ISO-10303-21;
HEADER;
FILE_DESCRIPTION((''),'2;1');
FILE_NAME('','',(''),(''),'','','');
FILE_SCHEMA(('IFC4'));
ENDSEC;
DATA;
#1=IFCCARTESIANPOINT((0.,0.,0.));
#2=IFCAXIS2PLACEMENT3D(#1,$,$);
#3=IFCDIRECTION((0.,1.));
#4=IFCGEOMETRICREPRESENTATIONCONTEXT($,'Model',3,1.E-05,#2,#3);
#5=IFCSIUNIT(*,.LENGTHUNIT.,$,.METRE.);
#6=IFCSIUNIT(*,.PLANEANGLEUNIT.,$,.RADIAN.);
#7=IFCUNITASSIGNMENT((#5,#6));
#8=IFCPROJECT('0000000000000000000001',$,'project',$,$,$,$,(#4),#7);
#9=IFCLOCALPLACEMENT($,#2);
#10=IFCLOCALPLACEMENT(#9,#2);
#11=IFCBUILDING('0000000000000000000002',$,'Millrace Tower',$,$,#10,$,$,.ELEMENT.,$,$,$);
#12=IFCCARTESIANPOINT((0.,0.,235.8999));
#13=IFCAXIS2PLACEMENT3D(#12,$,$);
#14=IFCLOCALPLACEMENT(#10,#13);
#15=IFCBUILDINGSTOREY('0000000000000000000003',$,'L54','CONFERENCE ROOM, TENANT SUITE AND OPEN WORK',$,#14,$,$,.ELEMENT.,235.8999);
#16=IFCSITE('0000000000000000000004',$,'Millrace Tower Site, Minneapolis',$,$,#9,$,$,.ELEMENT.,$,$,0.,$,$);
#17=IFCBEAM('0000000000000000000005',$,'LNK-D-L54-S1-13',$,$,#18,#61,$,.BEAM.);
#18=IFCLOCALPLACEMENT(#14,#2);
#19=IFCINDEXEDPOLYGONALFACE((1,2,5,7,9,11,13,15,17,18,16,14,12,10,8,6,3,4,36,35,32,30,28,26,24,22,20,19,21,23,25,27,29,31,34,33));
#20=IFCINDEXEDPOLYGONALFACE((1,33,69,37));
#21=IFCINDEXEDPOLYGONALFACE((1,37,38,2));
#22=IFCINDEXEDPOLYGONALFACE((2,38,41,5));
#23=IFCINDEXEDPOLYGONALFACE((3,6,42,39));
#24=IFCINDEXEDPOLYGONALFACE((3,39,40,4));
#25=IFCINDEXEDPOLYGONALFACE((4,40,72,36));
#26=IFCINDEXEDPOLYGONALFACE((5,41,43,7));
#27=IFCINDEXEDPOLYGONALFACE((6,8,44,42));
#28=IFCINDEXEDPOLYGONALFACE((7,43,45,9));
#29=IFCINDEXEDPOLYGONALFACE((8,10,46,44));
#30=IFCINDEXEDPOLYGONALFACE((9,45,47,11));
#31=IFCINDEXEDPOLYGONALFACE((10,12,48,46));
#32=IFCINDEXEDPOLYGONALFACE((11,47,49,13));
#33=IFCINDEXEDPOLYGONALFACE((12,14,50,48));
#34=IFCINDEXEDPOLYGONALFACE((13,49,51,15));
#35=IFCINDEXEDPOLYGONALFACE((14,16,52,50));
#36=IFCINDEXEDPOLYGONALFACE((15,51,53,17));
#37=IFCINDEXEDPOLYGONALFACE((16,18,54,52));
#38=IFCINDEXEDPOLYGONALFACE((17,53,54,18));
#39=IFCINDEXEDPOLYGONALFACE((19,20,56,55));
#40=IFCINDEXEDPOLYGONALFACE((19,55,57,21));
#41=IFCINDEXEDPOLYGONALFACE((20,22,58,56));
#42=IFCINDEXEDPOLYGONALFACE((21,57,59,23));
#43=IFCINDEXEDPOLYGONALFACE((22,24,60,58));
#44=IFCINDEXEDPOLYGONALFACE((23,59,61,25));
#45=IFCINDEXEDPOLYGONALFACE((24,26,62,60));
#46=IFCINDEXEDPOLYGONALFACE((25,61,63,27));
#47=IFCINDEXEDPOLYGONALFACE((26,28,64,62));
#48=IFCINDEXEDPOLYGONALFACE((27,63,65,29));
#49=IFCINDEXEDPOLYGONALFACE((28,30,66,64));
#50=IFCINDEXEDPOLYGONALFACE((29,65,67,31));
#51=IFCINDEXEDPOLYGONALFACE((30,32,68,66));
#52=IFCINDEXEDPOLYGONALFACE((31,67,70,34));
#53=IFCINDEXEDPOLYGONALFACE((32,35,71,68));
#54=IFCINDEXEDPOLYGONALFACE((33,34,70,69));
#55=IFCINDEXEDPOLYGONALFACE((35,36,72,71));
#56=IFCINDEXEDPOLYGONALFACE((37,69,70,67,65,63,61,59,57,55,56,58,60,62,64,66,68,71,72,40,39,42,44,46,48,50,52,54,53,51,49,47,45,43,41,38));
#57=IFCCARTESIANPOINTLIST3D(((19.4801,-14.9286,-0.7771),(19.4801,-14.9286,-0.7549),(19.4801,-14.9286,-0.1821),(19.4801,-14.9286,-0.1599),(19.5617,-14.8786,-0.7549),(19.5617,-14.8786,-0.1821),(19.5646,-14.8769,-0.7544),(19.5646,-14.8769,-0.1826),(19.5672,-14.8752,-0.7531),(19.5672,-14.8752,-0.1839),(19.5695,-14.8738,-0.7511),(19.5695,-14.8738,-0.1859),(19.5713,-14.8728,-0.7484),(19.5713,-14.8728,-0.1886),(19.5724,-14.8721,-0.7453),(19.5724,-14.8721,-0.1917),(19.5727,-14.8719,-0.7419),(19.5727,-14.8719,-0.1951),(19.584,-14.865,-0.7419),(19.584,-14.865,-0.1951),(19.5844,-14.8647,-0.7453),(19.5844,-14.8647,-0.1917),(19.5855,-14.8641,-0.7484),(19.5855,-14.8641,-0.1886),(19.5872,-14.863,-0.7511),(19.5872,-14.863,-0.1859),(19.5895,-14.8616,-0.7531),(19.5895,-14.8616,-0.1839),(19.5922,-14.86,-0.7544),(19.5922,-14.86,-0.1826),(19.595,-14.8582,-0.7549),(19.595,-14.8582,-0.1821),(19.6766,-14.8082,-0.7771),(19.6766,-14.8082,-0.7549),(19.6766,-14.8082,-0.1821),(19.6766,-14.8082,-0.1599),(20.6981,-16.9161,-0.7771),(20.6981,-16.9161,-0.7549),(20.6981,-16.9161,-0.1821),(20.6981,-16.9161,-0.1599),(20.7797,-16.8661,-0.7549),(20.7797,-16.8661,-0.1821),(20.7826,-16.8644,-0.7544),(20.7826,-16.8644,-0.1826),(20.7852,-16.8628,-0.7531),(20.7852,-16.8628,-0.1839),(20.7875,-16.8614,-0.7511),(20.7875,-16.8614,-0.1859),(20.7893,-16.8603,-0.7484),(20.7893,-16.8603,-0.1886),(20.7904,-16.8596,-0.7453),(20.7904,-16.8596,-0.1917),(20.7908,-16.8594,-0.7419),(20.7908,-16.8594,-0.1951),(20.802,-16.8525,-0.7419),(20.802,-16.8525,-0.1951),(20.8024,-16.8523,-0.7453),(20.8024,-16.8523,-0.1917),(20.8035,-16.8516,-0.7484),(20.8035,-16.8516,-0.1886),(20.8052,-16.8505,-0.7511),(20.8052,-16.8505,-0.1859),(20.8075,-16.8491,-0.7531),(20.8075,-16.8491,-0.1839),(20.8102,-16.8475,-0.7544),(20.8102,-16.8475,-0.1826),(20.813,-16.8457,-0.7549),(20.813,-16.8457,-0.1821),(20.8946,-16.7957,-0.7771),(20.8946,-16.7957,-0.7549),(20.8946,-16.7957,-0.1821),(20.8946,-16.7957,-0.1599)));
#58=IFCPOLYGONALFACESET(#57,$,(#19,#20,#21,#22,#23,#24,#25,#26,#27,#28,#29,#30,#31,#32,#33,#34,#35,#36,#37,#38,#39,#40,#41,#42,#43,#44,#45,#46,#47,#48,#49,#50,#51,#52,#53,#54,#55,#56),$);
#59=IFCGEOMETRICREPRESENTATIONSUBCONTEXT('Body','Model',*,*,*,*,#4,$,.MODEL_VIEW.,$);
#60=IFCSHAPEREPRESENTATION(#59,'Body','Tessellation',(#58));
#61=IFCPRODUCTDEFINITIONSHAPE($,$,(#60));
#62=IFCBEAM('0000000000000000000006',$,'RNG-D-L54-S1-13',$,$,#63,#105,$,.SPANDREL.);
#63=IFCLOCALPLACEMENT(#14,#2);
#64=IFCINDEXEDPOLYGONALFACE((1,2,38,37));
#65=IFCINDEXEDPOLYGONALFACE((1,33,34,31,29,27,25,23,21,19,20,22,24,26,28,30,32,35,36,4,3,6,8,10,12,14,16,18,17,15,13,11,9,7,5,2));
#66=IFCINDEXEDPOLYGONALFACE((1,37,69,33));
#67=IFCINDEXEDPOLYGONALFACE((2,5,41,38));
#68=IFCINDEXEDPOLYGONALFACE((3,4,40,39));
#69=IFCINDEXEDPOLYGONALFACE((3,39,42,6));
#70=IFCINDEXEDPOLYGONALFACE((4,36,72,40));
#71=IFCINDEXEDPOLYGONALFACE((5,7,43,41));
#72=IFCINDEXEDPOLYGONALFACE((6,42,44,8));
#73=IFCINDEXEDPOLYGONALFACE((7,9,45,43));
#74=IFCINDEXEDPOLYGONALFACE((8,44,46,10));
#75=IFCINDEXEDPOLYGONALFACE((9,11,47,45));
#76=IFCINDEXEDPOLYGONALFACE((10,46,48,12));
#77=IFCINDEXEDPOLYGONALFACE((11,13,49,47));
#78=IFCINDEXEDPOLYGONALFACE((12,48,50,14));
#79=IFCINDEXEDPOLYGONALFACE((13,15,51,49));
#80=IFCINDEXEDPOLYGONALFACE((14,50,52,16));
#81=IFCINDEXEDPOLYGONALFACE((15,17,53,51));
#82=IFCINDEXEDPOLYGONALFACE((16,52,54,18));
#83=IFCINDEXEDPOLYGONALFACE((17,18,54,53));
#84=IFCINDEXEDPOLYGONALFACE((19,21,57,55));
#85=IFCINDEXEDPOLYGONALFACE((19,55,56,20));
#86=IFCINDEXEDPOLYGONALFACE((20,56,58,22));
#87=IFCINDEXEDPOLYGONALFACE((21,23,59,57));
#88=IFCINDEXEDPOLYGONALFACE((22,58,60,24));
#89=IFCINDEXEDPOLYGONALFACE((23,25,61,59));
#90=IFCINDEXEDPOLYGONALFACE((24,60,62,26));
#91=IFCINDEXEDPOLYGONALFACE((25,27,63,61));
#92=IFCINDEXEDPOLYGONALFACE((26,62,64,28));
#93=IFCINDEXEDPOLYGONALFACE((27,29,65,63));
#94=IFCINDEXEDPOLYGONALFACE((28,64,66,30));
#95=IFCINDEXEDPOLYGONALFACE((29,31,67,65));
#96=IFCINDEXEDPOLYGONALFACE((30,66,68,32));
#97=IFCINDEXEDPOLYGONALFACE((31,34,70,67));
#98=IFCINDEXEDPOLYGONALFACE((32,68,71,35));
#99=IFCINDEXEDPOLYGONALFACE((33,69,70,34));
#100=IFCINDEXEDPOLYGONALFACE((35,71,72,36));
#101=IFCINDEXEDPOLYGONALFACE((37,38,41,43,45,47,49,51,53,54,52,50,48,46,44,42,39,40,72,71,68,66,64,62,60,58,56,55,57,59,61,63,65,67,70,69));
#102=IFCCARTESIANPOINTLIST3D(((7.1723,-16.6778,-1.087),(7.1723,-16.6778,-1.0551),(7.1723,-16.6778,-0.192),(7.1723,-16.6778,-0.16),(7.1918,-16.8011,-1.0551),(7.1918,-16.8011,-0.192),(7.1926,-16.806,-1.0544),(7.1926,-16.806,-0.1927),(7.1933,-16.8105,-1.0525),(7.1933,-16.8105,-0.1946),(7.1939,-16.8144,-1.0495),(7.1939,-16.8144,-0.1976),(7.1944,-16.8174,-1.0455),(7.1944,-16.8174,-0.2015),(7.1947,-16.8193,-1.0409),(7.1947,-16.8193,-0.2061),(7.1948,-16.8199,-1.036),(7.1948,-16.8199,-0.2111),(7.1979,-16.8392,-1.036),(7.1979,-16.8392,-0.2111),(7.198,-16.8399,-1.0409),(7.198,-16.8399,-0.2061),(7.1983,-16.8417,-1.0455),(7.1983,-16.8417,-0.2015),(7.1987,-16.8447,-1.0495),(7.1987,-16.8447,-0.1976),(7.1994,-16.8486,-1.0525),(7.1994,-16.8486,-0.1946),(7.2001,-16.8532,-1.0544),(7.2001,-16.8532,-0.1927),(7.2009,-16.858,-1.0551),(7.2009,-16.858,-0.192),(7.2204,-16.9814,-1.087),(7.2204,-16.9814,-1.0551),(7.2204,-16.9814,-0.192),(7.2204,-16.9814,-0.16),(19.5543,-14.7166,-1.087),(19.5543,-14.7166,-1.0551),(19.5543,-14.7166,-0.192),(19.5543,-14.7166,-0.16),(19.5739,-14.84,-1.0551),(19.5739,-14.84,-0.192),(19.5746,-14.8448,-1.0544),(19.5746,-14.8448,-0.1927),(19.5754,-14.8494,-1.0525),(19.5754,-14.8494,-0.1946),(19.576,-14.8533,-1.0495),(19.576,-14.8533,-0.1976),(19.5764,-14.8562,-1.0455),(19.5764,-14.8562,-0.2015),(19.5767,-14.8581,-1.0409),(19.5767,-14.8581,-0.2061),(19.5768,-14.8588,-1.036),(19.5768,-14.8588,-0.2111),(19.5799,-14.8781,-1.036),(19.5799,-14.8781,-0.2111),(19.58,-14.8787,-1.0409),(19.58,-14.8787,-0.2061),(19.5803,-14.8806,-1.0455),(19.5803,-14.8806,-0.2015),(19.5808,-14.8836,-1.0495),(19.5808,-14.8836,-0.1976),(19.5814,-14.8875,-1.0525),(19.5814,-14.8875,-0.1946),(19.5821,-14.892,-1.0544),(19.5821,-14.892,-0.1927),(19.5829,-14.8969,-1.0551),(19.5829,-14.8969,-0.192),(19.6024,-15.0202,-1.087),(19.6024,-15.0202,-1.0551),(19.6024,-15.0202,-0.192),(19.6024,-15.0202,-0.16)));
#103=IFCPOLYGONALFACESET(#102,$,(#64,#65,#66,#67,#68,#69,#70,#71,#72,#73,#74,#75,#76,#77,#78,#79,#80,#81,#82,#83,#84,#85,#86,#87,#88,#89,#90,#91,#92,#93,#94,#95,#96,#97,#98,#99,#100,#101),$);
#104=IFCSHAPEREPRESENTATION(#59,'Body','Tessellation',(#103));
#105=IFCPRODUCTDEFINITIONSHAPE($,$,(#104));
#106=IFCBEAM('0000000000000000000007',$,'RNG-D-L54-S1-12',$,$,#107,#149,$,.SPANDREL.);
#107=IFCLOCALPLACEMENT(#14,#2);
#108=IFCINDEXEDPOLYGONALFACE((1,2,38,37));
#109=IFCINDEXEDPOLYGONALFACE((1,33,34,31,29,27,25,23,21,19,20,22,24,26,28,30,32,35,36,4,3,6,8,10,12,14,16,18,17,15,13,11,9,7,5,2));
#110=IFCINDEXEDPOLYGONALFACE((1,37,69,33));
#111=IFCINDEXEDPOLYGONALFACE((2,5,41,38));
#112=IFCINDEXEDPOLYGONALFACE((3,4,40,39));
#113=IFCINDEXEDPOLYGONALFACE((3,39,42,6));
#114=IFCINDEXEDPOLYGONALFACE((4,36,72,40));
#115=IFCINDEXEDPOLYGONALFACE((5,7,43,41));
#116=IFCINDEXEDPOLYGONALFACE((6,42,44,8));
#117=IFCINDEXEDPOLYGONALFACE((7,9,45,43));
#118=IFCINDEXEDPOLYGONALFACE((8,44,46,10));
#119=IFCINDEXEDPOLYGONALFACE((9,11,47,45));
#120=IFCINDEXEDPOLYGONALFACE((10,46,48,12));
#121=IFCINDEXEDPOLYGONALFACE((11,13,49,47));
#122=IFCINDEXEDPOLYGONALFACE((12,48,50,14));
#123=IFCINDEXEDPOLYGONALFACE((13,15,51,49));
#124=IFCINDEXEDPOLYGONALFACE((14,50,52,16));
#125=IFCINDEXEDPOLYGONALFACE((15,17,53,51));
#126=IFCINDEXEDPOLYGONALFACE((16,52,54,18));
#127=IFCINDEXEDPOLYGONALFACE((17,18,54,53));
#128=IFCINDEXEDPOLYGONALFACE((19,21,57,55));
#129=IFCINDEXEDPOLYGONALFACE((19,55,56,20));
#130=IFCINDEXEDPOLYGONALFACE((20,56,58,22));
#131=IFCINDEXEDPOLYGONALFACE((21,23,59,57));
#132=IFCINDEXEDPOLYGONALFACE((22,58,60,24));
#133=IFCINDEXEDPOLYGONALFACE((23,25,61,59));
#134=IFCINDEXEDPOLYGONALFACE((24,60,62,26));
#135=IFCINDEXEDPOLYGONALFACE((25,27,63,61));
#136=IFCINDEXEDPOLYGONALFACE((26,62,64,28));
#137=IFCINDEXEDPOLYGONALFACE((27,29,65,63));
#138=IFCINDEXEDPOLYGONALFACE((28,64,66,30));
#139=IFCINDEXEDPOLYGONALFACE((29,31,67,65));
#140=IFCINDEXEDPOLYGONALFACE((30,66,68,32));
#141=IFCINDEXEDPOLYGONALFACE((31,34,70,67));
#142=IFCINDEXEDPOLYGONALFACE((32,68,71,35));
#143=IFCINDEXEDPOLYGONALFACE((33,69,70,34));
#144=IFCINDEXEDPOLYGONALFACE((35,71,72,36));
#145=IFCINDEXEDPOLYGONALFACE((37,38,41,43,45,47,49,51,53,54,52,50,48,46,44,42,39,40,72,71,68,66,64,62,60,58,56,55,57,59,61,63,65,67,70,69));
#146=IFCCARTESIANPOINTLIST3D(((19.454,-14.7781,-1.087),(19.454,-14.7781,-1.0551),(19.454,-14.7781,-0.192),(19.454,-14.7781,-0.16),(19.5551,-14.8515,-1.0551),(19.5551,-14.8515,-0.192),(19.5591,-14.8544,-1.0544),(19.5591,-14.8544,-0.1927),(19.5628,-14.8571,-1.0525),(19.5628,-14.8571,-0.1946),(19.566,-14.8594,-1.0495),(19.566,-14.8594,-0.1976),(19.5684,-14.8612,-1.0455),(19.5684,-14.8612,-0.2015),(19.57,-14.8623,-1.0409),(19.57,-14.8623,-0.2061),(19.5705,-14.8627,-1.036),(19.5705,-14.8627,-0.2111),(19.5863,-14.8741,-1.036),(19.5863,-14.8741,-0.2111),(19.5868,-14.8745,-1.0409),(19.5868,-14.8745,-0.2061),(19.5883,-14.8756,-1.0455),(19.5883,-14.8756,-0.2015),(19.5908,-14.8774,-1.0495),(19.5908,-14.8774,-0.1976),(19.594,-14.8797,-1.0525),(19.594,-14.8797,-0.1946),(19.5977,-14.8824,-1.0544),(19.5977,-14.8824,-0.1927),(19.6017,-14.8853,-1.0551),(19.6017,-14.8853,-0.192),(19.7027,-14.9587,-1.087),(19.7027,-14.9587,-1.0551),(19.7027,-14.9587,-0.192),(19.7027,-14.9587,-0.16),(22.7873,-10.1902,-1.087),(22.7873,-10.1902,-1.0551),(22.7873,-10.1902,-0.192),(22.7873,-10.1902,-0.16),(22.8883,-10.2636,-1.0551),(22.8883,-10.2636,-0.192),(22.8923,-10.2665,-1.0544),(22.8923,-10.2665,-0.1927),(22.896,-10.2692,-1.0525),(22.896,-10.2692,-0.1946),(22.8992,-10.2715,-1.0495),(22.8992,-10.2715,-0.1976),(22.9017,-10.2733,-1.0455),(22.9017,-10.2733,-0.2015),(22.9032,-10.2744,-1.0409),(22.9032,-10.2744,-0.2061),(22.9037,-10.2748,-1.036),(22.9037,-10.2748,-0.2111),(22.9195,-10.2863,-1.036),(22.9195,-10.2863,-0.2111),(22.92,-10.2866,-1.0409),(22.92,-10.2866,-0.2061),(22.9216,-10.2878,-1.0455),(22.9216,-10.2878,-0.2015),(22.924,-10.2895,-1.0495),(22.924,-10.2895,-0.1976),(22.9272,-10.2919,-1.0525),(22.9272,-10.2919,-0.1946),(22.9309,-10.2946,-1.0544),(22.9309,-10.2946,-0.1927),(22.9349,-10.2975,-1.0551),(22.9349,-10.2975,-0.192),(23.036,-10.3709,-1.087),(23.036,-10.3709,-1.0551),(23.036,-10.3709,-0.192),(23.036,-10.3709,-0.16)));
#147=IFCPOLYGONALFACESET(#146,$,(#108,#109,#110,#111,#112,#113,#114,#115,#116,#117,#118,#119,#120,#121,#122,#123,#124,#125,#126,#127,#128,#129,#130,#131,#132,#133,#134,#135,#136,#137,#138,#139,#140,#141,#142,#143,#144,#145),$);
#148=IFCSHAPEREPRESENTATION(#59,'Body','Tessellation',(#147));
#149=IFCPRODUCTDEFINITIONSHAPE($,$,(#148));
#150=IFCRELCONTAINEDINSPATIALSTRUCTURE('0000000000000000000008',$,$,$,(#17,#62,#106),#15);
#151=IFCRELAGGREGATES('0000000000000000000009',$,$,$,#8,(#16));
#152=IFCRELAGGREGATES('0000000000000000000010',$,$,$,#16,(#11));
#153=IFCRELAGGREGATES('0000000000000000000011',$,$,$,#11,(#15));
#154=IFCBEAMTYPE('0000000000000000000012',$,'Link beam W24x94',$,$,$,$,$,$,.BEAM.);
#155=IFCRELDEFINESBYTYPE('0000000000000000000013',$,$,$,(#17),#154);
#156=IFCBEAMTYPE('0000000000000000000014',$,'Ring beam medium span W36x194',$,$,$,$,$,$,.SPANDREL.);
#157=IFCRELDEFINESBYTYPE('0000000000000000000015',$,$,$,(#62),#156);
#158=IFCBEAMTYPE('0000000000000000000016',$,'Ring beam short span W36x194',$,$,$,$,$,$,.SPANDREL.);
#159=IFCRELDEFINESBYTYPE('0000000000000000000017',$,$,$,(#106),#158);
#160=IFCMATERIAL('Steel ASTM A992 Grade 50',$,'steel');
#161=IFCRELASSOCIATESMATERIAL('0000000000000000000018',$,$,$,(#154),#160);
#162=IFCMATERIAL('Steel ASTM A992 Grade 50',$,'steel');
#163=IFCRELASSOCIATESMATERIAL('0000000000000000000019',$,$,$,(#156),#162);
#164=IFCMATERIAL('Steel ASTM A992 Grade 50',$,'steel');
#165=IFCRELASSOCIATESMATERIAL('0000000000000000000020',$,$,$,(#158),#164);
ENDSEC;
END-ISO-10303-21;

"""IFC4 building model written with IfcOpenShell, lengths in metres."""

from ifc_helpers import new_model, si_unit, direction, frame, origin, origin_2d, place, context, subcontext, project, spatial, i_section, extrude, material, material_profile, profile_set, type_object, element, save


model = new_model("IFC4")

# Units and contexts
model_context = context("Model", 3, precision=1e-05, world=origin(), true_north=direction((0.0, 1.0)))
body_context = subcontext(model_context, "Body", "Model", "MODEL_VIEW")
ifc_project = project(units=[si_unit("LENGTHUNIT", "METRE"), si_unit("PLANEANGLEUNIT", "RADIAN")], contexts=[model_context])

# Site, building, storey
site_placement = place(None, origin())
site = spatial("IfcSite", under=ifc_project, at=site_placement, Name="Millrace Tower Site, Minneapolis", CompositionType="ELEMENT", RefElevation=0.0)
building_placement = place(site_placement, origin())
building = spatial("IfcBuilding", under=site, at=building_placement, Name="Millrace Tower", CompositionType="ELEMENT")
storey_placement = place(building_placement, frame((0.0, 0.0, 235.8999)))
storey = spatial("IfcBuildingStorey", under=building, at=storey_placement, Name="L54", Description="CONFERENCE ROOM, TENANT SUITE AND OPEN WORK", CompositionType="ELEMENT", Elevation=235.8999)

# Beams
ifc_material_1 = material(Name="Steel ASTM A992 Grade 50", Category="steel")
ifc_material_profile_1 = material_profile(ifc_material_1, i_section(OverallWidth=0.2305, OverallDepth=0.6172, WebThickness=0.0132, FlangeThickness=0.0222, FilletRadius=0.0129, at=origin_2d()))
ifc_profile_set_1 = profile_set([ifc_material_profile_1], Name="Steel ASTM A992 Grade 50")
beam_type_1 = type_object("IfcBeamType", Name="Link beam W24x94", PredefinedType="BEAM", material=ifc_profile_set_1)
beam_1_placement = place(storey_placement, frame((19.5784, -14.8684, -0.4685), z_axis=(0.522513, -0.852631, 0.0), x_axis=(0.852631, 0.522513, 0.0)))
element("IfcBeam", 1, at=beam_1_placement, inside=storey, type_object=beam_type_1, Name="LNK-D-L54-S1-13", PredefinedType="BEAM", context=body_context, shape_type="SweptSolid", body=[
    extrude(i_section(OverallWidth=0.2305, OverallDepth=0.6172, WebThickness=0.0132, FlangeThickness=0.0222, FilletRadius=0.0129, at=origin_2d()), origin(), (0.0, 0.0, 1.0), 2.3311),
])
ifc_material_2 = material(Name="Steel ASTM A992 Grade 50", Category="steel")
ifc_material_profile_2 = material_profile(ifc_material_2, i_section(OverallWidth=0.3074, OverallDepth=0.927, WebThickness=0.0195, FlangeThickness=0.032, FilletRadius=0.019, at=origin_2d()))
ifc_profile_set_2 = profile_set([ifc_material_profile_2], Name="Steel ASTM A992 Grade 50")
beam_type_2 = type_object("IfcBeamType", Name="Ring beam medium span W36x194", PredefinedType="SPANDREL", material=ifc_profile_set_2)
beam_2_placement = place(storey_placement, frame((19.5784, -14.8684, -0.6235), z_axis=(-0.987688, -0.156439, 0.0), x_axis=(0.156439, -0.987688, 0.0)))
element("IfcBeam", 2, at=beam_2_placement, inside=storey, type_object=beam_type_2, Name="RNG-D-L54-S1-13", PredefinedType="SPANDREL", context=body_context, shape_type="SweptSolid", body=[
    extrude(i_section(OverallWidth=0.3074, OverallDepth=0.927, WebThickness=0.0195, FlangeThickness=0.032, FilletRadius=0.019, at=origin_2d()), origin(), (0.0, 0.0, 1.0), 12.5364),
])
ifc_material_3 = material(Name="Steel ASTM A992 Grade 50", Category="steel")
ifc_material_profile_3 = material_profile(ifc_material_3, i_section(OverallWidth=0.3074, OverallDepth=0.927, WebThickness=0.0195, FlangeThickness=0.032, FilletRadius=0.019, at=origin_2d()))
ifc_profile_set_3 = profile_set([ifc_material_profile_3], Name="Steel ASTM A992 Grade 50")
beam_type_3 = type_object("IfcBeamType", Name="Ring beam short span W36x194", PredefinedType="SPANDREL", material=ifc_profile_set_3)
beam_3_placement = place(storey_placement, frame((22.9116, -10.2805, -0.6235), z_axis=(-0.58778, -0.809021, 0.0), x_axis=(0.809021, -0.58778, 0.0)))
element("IfcBeam", 3, at=beam_3_placement, inside=storey, type_object=beam_type_3, Name="RNG-D-L54-S1-12", PredefinedType="SPANDREL", context=body_context, shape_type="SweptSolid", body=[
    extrude(i_section(OverallWidth=0.3074, OverallDepth=0.927, WebThickness=0.0195, FlangeThickness=0.032, FilletRadius=0.019, at=origin_2d()), origin(), (0.0, 0.0, 1.0), 5.6709),
])

save(model, "model.ifc")
